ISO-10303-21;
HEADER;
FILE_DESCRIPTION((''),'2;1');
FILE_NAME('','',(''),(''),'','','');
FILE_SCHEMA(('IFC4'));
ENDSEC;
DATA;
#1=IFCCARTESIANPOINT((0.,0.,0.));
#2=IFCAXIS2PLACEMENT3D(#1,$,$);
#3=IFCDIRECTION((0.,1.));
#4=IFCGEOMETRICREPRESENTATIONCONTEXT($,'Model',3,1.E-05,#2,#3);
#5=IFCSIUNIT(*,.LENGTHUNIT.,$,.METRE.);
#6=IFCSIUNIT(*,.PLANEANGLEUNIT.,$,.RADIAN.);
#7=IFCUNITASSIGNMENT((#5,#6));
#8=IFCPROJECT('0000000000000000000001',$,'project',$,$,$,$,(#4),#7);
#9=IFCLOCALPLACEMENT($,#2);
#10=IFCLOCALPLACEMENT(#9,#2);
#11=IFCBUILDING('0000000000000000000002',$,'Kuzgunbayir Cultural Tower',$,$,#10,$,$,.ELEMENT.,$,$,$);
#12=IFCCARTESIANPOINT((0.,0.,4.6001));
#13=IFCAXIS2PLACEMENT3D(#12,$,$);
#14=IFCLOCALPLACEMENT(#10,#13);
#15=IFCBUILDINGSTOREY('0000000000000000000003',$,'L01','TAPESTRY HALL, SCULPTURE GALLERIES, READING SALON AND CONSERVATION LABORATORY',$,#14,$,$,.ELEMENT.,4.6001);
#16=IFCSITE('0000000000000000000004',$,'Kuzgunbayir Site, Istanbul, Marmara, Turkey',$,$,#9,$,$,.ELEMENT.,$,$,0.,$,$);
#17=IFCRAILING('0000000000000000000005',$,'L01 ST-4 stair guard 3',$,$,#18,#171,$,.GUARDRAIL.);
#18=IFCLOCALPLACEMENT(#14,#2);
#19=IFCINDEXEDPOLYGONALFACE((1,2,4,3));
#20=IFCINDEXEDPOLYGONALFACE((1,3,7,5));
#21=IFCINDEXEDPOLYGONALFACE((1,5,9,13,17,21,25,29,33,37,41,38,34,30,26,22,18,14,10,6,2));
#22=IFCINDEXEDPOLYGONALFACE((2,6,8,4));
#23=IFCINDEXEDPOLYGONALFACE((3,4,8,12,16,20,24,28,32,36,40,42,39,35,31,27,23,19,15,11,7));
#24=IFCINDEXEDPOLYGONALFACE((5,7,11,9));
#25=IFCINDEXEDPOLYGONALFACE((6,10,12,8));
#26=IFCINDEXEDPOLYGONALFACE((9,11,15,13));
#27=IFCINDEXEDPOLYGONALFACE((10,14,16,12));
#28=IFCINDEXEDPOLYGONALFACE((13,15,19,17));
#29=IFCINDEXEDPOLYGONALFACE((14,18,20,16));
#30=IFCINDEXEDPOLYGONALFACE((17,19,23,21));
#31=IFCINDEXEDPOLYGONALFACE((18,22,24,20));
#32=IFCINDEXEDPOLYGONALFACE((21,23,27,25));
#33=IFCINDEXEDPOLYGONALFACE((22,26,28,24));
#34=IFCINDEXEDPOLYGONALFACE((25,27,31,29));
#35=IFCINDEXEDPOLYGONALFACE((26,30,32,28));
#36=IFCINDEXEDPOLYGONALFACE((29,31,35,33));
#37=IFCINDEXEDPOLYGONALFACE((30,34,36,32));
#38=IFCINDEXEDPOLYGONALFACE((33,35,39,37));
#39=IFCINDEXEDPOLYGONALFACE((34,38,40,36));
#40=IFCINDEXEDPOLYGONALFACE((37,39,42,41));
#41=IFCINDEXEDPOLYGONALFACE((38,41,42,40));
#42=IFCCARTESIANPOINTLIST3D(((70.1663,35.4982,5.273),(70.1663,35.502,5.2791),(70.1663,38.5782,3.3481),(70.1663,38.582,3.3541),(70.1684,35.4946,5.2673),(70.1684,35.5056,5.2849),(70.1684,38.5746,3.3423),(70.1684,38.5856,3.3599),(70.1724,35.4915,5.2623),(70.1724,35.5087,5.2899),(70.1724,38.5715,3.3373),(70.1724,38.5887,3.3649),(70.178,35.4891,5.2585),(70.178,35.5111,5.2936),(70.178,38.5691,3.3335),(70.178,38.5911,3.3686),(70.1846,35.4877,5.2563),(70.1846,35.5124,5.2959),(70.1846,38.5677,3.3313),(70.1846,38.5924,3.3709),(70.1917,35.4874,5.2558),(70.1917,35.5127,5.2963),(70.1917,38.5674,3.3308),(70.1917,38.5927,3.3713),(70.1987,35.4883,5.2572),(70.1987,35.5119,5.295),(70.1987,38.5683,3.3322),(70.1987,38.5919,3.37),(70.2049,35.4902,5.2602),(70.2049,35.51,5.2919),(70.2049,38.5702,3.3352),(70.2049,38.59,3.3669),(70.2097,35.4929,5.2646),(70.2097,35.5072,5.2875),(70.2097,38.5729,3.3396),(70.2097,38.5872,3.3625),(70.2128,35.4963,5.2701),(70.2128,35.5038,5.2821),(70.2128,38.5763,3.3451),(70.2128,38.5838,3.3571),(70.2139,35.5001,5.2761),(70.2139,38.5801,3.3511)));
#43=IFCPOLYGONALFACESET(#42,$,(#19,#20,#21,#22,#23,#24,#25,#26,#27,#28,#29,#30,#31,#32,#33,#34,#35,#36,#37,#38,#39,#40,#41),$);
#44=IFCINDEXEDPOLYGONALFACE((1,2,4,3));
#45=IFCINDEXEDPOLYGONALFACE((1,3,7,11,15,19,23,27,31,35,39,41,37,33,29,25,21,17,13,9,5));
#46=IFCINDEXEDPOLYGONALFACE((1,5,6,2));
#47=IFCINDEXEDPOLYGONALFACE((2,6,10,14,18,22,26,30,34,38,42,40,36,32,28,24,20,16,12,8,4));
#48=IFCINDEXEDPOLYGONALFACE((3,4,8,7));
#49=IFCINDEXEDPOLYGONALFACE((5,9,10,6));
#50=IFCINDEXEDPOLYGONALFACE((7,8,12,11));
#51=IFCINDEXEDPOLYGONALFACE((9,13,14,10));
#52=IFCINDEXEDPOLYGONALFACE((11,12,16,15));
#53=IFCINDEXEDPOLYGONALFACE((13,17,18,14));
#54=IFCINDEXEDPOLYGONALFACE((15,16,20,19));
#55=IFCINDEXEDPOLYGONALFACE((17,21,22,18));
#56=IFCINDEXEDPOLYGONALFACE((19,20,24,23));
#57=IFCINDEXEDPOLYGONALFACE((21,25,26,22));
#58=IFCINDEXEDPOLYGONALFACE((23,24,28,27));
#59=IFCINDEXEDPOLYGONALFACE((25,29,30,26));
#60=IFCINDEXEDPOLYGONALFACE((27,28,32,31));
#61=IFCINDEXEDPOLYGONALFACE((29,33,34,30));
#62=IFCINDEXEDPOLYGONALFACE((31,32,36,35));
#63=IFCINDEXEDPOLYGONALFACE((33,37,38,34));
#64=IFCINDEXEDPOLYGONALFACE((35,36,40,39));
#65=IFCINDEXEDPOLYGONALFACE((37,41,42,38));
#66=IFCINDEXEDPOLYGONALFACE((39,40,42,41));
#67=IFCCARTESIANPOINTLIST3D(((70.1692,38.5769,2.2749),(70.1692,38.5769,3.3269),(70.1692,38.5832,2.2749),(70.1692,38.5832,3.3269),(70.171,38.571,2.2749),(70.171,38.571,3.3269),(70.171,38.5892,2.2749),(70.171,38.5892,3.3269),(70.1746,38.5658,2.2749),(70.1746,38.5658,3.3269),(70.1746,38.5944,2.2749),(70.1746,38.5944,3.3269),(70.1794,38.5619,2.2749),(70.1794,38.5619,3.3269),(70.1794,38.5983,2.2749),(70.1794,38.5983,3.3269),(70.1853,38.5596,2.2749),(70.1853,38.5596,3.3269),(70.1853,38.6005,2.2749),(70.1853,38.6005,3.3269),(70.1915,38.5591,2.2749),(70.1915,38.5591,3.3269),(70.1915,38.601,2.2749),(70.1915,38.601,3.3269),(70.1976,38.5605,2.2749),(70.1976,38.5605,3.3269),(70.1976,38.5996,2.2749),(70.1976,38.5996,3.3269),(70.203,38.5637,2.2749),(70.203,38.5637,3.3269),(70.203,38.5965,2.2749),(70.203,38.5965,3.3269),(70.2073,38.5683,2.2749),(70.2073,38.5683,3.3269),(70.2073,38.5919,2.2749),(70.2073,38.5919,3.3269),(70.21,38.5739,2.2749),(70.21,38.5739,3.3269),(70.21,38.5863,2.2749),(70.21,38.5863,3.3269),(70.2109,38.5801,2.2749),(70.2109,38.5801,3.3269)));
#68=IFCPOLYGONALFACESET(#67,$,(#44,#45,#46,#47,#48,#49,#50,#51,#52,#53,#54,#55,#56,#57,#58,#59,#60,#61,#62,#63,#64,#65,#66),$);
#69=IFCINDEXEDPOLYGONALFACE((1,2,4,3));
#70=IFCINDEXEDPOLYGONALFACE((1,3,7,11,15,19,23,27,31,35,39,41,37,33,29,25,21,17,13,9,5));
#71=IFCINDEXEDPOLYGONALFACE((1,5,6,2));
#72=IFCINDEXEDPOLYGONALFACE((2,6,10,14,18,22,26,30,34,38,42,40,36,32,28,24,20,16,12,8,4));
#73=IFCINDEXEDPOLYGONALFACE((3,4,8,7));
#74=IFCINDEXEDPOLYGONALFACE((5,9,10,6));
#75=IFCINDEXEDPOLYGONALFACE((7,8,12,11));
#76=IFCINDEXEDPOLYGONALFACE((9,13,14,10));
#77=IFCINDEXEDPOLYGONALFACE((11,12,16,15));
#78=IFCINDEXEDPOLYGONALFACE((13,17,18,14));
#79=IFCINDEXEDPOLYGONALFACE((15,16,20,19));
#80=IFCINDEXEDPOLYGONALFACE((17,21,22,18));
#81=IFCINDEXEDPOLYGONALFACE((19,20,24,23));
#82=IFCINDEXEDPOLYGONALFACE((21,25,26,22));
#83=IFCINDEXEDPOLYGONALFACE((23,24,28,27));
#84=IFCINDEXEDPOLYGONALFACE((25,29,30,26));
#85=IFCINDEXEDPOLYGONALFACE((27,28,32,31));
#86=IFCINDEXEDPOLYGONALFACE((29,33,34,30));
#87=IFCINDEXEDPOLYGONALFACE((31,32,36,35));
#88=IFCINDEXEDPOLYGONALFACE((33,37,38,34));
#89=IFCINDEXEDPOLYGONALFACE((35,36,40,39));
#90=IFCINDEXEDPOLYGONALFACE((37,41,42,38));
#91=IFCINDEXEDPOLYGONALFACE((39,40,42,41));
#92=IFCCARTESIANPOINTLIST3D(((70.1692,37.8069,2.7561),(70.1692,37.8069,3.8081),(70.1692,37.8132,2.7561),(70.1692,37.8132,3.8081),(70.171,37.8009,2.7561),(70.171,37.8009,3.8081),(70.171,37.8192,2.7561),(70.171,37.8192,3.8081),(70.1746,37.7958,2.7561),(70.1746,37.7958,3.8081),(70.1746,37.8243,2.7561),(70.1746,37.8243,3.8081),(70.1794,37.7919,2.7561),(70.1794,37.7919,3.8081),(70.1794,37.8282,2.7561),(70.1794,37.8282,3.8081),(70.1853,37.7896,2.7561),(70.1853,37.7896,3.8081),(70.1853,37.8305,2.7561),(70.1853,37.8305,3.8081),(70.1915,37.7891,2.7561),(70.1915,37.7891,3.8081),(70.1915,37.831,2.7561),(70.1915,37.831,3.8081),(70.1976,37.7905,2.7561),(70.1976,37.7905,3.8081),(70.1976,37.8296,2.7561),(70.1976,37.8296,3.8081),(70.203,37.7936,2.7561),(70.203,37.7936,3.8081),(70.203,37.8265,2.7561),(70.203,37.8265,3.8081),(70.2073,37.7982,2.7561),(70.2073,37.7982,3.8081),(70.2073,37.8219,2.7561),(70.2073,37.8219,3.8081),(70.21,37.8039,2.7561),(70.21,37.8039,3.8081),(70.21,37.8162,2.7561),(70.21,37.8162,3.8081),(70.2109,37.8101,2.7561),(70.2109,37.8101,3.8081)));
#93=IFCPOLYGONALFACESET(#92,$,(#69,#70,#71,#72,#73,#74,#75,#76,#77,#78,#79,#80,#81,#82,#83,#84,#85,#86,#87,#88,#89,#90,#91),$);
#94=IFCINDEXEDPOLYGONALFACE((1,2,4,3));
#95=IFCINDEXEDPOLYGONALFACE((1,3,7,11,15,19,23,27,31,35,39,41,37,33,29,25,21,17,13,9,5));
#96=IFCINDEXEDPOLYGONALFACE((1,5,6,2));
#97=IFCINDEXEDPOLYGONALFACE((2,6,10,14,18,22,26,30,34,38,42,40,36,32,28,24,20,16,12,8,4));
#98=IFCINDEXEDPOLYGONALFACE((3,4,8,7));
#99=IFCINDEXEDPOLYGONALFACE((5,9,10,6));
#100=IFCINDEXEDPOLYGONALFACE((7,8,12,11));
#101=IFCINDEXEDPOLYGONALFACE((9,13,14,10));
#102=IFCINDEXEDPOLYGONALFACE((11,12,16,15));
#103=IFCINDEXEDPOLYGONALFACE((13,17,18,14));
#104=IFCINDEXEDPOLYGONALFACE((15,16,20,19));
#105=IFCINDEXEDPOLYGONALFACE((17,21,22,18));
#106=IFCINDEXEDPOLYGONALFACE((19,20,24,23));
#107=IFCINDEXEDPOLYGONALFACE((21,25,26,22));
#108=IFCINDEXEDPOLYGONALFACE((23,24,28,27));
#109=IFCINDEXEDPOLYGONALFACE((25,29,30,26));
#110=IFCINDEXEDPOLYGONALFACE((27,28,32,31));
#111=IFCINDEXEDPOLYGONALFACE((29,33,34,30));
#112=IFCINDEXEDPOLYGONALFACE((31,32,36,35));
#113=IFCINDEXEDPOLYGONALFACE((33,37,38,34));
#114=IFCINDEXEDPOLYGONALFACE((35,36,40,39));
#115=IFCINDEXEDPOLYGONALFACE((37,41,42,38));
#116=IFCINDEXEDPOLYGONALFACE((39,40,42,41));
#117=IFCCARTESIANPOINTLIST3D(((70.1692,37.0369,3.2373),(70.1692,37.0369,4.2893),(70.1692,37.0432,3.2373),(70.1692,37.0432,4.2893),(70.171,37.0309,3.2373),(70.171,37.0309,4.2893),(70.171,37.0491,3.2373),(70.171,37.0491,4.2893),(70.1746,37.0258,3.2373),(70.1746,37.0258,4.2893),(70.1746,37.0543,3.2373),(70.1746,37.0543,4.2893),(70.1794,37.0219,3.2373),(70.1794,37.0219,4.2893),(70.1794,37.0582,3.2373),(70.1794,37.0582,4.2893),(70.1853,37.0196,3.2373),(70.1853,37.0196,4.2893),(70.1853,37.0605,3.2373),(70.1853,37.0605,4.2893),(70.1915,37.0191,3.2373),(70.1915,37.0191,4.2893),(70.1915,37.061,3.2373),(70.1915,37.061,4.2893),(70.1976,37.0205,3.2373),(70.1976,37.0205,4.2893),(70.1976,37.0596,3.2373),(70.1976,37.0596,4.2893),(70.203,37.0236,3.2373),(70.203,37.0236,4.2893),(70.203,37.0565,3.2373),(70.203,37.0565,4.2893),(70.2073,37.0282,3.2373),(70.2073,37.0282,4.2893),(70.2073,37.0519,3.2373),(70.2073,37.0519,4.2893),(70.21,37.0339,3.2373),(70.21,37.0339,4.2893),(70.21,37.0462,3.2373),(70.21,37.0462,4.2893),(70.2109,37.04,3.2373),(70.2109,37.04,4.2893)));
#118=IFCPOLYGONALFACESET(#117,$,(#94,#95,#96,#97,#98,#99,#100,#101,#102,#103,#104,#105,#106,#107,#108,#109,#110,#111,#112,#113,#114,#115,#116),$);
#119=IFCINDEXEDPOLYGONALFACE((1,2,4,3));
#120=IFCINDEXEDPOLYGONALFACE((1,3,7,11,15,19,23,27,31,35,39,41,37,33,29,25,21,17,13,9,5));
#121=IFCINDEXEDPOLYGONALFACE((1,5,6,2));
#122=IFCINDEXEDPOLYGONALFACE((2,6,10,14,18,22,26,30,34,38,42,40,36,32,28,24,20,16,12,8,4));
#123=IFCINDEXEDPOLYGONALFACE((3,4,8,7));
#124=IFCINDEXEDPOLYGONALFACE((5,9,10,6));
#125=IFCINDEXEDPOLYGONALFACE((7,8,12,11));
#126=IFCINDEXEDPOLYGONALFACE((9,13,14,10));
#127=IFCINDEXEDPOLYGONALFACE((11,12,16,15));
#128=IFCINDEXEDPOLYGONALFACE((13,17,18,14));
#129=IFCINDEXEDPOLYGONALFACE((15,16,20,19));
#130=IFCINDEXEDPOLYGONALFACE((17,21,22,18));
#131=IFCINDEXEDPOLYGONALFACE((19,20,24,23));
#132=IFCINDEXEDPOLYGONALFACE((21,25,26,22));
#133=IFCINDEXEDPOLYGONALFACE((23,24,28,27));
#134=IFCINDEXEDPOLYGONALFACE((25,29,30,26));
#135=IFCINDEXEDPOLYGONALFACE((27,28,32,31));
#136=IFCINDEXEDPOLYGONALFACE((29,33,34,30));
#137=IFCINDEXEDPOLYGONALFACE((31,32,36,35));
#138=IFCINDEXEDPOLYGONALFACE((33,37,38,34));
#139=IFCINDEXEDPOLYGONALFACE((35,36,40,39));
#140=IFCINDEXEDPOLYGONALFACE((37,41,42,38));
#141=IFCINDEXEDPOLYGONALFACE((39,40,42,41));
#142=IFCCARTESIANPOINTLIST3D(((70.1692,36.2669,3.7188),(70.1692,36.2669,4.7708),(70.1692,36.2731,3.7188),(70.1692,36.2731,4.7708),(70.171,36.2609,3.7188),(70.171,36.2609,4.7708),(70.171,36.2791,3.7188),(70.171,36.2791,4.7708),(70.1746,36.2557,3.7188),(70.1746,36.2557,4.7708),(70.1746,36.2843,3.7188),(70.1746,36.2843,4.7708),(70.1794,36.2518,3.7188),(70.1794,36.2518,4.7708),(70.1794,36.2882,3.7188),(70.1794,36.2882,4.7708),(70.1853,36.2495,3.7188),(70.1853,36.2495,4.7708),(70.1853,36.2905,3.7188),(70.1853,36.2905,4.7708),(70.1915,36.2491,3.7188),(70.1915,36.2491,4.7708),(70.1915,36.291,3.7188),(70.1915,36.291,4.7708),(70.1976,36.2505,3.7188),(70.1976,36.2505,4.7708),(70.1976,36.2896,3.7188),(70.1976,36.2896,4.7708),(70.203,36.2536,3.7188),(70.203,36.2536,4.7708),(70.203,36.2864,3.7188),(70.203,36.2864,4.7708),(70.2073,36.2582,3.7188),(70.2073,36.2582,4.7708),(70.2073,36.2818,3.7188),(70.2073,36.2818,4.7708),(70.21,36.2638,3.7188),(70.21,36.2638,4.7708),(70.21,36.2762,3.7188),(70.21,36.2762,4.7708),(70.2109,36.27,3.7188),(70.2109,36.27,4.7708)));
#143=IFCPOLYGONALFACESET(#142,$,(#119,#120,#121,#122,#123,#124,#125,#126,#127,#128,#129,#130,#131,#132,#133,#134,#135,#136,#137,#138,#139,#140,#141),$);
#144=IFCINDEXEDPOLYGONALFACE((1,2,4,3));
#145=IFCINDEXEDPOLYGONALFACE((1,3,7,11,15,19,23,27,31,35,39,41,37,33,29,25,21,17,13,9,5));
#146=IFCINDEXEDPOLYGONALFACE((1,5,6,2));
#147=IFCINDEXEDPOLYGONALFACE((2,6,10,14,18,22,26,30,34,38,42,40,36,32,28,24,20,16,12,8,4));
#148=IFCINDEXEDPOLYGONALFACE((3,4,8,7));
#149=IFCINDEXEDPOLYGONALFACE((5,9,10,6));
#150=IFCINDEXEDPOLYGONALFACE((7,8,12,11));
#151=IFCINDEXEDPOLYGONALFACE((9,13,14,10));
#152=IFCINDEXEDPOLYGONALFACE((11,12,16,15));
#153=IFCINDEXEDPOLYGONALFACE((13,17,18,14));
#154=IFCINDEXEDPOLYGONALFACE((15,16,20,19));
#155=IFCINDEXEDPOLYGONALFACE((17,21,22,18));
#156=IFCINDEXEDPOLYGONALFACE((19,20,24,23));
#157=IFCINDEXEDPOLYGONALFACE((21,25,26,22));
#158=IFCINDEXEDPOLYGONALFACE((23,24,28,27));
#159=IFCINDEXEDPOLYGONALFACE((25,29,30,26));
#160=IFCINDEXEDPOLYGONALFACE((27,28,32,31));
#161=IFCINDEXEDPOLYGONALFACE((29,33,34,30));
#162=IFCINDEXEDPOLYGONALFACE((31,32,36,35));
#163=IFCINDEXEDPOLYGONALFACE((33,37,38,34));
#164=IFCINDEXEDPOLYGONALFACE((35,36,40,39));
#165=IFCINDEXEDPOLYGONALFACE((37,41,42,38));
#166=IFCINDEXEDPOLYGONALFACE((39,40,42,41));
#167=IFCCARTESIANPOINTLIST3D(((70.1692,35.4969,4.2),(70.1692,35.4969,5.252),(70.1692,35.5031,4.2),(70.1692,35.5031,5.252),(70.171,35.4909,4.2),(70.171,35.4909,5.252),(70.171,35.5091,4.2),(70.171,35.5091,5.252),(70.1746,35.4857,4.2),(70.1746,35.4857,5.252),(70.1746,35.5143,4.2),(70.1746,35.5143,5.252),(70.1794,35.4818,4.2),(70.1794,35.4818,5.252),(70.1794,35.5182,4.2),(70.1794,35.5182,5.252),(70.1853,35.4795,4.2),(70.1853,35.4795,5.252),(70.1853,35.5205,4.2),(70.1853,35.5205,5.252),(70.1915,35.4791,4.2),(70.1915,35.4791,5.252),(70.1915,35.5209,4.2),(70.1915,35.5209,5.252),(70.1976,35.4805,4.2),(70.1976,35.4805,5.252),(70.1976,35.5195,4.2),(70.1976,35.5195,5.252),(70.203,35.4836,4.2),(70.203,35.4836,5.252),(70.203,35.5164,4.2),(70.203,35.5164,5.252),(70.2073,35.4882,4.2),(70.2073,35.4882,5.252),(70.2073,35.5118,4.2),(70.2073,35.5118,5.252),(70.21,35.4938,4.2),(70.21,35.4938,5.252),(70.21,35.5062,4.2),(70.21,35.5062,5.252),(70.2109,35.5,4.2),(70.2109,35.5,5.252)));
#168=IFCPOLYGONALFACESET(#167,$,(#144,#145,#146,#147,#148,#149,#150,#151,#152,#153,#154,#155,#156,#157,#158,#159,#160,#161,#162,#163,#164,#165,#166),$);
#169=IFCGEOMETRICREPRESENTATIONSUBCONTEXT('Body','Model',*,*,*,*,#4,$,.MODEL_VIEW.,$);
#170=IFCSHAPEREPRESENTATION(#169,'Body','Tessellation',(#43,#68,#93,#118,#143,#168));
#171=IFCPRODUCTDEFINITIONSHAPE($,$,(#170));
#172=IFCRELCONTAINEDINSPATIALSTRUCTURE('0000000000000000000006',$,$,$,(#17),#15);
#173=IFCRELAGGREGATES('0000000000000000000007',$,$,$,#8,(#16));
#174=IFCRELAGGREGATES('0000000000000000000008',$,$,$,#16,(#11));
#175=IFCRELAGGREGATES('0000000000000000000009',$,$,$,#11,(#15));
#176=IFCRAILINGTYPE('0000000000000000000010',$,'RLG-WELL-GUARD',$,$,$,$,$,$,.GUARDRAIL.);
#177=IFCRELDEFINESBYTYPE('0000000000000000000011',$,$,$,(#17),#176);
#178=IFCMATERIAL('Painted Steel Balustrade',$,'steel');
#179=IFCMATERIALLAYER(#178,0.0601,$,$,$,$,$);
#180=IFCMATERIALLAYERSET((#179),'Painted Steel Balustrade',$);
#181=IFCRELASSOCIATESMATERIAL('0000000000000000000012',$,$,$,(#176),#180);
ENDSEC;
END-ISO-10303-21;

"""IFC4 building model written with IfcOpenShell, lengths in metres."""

from ifc_helpers import new_model, si_unit, direction, frame, origin, origin_2d, place, context, subcontext, project, spatial, circle, extrude, material, layer, layer_set, type_object, element, save


model = new_model("IFC4")

# Units and contexts
model_context = context("Model", 3, precision=1e-05, world=origin(), true_north=direction((0.0, 1.0)))
body_context = subcontext(model_context, "Body", "Model", "MODEL_VIEW")
ifc_project = project(units=[si_unit("LENGTHUNIT", "METRE"), si_unit("PLANEANGLEUNIT", "RADIAN")], contexts=[model_context])

# Site, building, storey
site_placement = place(None, origin())
site = spatial("IfcSite", under=ifc_project, at=site_placement, Name="Kuzgunbayir Site, Istanbul, Marmara, Turkey", CompositionType="ELEMENT", RefElevation=0.0)
building_placement = place(site_placement, origin())
building = spatial("IfcBuilding", under=site, at=building_placement, Name="Kuzgunbayir Cultural Tower", CompositionType="ELEMENT")
storey_placement = place(building_placement, frame((0.0, 0.0, 4.6001)))
storey = spatial("IfcBuildingStorey", under=building, at=storey_placement, Name="L01", Description="TAPESTRY HALL, SCULPTURE GALLERIES, READING SALON AND CONSERVATION LABORATORY", CompositionType="ELEMENT", Elevation=4.6001)

# Railing
ifc_material_1 = material(Name="Painted Steel Balustrade", Category="steel")
ifc_layer_1 = layer(ifc_material_1, 0.0601)
ifc_layer_set_1 = layer_set([ifc_layer_1], Name="Painted Steel Balustrade")
railing_type_1 = type_object("IfcRailingType", Name="RLG-WELL-GUARD", PredefinedType="GUARDRAIL", material=ifc_layer_set_1)
railing_1_placement = place(storey_placement, frame((70.1899, 38.5801, 2.2749)))
element("IfcRailing", 1, at=railing_1_placement, inside=storey, type_object=railing_type_1, Name="L01 ST-4 stair guard 3", PredefinedType="GUARDRAIL", context=body_context, shape_type="SweptSolid", body=[
    extrude(circle(Radius=0.0239, at=origin_2d()), frame((0.0, 0.0, 1.0762), z_axis=(0.0, -0.847998, 0.529999), x_axis=(1.0, 0.0, 0.0)), (0.0, 0.0, 1.0), 3.6321),
    extrude(circle(Radius=0.021, at=origin_2d()), origin(), (0.0, 0.0, 1.0), 1.052),
    extrude(circle(Radius=0.021, at=origin_2d()), frame((0.0, -0.77, 0.4812)), (0.0, 0.0, 1.0), 1.052),
    extrude(circle(Radius=0.021, at=origin_2d()), frame((0.0, -1.54, 0.9624)), (0.0, 0.0, 1.0), 1.052),
    extrude(circle(Radius=0.021, at=origin_2d()), frame((0.0, -2.3101, 1.4438)), (0.0, 0.0, 1.0), 1.052),
    extrude(circle(Radius=0.021, at=origin_2d()), frame((0.0, -3.0801, 1.925)), (0.0, 0.0, 1.0), 1.052),
])

save(model, "model.ifc")
